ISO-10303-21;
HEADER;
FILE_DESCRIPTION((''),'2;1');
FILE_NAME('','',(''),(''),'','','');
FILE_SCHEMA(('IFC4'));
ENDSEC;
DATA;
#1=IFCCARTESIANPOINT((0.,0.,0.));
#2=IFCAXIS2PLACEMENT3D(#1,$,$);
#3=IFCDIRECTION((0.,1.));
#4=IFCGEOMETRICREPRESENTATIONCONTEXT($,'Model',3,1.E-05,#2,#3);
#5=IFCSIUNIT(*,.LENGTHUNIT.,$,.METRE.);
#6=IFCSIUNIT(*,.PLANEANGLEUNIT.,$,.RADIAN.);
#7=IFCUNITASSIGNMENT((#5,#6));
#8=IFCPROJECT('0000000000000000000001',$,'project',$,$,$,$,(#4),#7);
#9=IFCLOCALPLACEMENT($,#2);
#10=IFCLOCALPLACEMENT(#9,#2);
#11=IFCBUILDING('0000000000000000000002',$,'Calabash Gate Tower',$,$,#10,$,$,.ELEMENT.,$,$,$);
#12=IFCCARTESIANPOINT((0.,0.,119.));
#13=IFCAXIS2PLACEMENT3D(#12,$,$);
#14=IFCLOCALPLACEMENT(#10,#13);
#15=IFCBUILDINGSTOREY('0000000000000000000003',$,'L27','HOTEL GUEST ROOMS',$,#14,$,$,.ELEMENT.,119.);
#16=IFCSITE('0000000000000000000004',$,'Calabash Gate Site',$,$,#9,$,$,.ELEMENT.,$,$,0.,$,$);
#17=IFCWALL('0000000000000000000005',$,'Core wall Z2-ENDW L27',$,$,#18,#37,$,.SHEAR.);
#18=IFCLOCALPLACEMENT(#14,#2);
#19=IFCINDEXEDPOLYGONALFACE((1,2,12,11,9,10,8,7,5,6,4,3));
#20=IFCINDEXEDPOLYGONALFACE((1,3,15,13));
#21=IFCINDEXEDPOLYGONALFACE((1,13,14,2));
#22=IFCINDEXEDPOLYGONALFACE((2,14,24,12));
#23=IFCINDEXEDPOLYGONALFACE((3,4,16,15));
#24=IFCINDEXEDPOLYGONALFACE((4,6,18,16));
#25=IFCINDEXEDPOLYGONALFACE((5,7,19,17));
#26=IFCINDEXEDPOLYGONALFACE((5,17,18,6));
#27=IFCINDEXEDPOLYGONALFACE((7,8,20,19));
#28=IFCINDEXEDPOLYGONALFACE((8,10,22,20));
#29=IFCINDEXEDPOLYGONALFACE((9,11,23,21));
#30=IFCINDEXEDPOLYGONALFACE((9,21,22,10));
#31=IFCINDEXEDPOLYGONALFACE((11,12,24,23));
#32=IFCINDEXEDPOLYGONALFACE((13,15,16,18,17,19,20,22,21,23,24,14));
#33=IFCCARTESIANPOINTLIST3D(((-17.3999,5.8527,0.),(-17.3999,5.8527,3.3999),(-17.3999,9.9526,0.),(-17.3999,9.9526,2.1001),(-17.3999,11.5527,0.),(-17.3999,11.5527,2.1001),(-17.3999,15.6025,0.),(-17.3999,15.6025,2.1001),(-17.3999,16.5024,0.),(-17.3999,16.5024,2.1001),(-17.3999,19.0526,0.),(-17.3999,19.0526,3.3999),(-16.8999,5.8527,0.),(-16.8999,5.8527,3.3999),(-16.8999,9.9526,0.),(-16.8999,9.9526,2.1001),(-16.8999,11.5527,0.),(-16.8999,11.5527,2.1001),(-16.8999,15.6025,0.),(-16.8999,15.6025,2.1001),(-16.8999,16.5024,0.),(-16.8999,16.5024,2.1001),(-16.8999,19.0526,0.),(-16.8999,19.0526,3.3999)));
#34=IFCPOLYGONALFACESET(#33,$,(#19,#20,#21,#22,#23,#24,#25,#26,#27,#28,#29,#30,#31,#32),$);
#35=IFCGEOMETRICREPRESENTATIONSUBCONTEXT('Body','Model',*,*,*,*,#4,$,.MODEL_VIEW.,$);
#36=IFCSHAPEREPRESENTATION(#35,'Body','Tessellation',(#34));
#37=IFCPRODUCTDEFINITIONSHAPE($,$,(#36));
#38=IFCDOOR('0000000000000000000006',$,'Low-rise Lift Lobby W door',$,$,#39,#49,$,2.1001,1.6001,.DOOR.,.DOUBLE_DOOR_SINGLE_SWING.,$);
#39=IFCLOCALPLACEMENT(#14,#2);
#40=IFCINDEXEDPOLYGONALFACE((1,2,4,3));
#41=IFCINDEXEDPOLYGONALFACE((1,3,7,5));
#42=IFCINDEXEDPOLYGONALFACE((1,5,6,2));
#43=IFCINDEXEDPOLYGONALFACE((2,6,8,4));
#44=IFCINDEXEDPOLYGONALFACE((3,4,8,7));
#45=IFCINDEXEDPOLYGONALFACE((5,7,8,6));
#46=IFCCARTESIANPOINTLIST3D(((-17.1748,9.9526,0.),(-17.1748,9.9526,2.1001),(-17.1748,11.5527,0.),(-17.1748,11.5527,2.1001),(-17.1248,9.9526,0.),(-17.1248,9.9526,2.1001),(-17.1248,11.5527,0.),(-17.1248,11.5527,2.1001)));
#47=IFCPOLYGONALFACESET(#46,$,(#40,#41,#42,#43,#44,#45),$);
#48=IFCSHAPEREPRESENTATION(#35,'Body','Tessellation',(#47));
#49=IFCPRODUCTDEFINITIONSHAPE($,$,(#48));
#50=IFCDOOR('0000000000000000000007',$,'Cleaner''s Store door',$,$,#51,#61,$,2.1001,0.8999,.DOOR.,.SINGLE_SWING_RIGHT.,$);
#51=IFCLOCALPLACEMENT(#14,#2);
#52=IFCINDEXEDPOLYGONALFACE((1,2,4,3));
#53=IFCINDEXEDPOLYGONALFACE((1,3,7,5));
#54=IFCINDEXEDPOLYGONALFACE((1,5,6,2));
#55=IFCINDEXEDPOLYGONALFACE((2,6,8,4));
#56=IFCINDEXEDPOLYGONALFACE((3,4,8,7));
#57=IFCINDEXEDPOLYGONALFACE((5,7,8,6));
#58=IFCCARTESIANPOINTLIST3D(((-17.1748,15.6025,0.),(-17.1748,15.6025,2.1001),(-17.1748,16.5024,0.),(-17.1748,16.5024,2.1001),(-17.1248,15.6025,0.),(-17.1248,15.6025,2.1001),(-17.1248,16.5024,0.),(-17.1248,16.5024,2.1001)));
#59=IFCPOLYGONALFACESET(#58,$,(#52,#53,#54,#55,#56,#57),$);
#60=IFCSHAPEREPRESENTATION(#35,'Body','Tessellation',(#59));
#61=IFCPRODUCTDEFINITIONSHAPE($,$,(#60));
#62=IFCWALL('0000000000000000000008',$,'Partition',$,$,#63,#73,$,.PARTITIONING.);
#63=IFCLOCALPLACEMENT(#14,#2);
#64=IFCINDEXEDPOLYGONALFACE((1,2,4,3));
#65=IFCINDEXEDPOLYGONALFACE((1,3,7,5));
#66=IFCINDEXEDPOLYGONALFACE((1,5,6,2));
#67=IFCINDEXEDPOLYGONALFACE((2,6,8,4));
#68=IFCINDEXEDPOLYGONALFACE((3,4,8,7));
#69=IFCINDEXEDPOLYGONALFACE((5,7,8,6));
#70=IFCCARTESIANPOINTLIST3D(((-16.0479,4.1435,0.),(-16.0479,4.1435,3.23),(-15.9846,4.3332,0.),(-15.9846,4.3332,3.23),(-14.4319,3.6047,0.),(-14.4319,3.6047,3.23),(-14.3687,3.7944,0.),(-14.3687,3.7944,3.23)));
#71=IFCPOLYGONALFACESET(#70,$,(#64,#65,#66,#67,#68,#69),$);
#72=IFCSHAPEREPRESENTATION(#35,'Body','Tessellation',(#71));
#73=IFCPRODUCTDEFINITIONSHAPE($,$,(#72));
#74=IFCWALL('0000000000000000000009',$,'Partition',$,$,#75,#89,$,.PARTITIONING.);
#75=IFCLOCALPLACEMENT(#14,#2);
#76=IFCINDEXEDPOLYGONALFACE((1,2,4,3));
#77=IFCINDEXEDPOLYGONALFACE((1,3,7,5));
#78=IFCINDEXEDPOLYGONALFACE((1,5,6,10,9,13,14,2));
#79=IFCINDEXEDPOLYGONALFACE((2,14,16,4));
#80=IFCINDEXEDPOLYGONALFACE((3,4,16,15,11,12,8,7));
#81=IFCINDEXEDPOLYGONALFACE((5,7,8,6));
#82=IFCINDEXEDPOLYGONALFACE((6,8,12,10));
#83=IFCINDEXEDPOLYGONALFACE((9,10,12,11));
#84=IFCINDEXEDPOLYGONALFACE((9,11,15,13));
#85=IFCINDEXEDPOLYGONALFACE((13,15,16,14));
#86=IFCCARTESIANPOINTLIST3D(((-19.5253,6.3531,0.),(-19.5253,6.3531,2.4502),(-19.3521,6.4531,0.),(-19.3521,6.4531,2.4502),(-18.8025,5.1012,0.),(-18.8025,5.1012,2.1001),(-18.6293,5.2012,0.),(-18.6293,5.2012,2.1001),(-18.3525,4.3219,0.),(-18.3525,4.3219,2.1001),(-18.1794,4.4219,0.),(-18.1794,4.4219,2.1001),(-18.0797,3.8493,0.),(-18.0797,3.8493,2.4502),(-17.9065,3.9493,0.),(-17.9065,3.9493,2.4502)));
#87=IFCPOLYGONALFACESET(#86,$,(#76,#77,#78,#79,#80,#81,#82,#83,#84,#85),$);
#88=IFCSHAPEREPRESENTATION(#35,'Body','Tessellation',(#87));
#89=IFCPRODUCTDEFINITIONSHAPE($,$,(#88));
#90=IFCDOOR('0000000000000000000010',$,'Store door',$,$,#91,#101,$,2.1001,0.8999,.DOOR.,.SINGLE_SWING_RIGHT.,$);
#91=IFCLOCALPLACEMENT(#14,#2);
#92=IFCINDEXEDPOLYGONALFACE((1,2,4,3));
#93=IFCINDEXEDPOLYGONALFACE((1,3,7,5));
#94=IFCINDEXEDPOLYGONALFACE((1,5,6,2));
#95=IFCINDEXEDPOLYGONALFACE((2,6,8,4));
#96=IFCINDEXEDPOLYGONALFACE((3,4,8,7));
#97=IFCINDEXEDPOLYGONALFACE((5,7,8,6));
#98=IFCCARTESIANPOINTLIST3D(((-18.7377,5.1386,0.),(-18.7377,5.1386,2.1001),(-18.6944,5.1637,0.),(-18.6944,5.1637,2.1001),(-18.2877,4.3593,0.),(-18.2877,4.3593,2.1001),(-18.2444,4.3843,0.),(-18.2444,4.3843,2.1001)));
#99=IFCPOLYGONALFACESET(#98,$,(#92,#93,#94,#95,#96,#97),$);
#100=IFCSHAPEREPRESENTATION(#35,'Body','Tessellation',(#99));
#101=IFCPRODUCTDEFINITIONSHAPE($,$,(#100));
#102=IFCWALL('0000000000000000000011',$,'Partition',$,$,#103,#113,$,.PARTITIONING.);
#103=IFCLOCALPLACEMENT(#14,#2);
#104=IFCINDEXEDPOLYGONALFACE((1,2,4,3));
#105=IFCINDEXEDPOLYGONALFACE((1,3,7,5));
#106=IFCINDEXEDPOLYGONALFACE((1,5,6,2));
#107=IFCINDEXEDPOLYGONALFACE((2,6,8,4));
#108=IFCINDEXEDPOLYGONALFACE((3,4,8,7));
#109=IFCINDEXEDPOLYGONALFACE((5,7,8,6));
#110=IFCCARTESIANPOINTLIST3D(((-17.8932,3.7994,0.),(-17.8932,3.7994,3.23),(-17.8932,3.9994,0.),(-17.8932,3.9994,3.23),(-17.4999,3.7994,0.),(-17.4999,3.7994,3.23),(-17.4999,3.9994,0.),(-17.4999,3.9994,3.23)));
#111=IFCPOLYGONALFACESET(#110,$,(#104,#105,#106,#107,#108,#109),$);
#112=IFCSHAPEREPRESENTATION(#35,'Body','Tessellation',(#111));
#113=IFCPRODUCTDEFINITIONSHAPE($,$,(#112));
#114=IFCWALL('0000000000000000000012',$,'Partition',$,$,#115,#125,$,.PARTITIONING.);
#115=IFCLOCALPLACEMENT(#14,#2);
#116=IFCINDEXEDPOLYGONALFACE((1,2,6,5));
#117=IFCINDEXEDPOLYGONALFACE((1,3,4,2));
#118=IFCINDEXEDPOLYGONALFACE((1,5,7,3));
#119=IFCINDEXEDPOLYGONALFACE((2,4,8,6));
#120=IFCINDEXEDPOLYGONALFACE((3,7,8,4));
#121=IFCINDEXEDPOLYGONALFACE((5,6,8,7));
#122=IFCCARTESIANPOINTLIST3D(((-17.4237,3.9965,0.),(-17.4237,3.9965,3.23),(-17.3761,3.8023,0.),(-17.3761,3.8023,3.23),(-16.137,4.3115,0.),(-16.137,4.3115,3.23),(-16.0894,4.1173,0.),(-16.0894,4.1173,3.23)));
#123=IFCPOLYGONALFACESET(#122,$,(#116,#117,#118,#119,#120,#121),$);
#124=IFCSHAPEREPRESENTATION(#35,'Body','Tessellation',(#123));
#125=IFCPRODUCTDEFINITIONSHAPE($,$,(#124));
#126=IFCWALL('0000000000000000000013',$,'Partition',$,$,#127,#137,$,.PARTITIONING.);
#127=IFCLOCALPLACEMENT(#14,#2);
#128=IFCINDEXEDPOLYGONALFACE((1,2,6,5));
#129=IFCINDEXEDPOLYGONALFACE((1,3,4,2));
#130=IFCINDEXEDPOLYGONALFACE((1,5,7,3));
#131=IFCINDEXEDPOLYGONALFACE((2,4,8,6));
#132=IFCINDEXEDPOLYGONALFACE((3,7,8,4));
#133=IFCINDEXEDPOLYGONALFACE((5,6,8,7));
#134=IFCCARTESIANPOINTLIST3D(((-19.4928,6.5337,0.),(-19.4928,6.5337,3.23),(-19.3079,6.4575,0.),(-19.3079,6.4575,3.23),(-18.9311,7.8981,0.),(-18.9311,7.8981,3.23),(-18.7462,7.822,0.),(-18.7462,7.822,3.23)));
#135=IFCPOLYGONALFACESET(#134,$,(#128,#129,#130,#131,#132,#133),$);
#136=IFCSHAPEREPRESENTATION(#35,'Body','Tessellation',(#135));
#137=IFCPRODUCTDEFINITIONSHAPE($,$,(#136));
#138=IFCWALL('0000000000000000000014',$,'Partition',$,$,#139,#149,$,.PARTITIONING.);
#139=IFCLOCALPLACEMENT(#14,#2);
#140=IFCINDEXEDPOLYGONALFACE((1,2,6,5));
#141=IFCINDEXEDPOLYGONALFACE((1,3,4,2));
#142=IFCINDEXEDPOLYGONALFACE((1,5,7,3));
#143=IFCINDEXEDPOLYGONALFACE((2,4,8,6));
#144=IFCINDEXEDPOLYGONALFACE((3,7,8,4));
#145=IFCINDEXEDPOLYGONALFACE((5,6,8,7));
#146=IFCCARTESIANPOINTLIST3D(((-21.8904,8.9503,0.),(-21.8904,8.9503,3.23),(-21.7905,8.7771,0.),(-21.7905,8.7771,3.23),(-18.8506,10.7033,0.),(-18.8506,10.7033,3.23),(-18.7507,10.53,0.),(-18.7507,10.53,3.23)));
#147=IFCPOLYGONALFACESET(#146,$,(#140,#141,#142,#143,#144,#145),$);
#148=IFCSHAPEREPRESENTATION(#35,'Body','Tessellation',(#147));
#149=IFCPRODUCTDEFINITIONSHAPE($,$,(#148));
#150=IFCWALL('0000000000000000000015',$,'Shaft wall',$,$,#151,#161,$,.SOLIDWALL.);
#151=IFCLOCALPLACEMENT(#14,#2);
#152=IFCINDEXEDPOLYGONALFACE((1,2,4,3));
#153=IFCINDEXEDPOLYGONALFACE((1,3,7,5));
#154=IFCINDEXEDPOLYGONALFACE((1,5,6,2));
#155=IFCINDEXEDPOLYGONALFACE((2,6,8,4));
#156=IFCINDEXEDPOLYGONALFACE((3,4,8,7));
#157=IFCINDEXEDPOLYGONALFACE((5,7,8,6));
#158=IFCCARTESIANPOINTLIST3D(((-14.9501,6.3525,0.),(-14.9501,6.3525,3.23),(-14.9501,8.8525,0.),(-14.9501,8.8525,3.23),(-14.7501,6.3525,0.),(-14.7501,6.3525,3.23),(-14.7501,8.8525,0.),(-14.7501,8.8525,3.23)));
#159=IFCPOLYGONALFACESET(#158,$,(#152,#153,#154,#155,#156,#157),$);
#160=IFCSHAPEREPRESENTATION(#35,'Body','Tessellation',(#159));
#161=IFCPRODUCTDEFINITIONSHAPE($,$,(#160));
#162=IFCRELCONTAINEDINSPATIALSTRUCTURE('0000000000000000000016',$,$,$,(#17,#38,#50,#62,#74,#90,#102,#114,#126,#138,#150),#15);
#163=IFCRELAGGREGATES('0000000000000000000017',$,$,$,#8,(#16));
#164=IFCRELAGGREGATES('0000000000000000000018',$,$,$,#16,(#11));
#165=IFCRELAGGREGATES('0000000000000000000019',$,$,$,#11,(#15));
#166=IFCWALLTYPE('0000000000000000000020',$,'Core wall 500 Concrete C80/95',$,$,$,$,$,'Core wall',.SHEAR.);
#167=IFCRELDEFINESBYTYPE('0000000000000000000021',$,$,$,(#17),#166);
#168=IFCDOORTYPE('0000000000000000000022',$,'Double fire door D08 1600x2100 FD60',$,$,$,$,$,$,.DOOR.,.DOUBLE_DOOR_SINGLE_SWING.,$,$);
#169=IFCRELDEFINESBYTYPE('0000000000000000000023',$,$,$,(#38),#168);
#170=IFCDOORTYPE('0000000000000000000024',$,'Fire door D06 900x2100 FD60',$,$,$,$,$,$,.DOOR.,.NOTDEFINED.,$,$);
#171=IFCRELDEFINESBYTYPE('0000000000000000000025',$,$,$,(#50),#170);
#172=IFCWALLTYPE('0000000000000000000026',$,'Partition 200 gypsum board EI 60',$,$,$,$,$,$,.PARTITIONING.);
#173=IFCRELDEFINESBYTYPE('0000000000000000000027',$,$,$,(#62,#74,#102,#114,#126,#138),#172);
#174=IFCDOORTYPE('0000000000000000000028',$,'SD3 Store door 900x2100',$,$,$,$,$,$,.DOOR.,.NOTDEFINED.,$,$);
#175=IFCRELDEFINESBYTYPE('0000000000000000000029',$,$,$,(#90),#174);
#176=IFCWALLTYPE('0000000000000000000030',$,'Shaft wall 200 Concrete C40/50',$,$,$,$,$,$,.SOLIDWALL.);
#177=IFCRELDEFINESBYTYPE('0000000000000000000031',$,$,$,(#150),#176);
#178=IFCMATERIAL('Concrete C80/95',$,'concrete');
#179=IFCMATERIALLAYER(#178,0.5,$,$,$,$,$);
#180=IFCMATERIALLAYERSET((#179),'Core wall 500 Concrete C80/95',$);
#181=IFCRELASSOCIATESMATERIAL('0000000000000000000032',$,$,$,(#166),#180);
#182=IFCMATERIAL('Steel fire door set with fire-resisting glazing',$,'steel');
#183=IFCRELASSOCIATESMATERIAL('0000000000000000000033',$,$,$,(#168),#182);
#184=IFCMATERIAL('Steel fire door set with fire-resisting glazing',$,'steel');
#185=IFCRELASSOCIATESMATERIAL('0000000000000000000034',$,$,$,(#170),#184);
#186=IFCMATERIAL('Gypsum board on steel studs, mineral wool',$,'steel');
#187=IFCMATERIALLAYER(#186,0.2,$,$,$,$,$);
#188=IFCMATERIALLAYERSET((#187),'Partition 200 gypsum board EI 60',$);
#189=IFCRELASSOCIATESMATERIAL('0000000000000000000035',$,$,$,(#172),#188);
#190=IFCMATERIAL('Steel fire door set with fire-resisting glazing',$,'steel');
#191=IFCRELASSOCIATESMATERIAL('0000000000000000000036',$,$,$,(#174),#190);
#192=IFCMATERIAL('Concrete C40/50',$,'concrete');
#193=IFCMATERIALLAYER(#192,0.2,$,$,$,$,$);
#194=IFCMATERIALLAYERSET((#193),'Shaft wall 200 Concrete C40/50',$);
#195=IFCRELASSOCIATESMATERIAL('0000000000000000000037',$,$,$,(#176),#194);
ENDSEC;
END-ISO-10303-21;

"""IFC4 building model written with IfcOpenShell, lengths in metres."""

from ifc_helpers import new_model, si_unit, direction, frame, frame_2d, origin, place, context, subcontext, project, spatial, rectangle, extrude, material, layer, layer_set, type_object, element, fill, save


model = new_model("IFC4")

# Units and contexts
model_context = context("Model", 3, precision=1e-05, world=origin(), true_north=direction((0.0, 1.0)))
body_context = subcontext(model_context, "Body", "Model", "MODEL_VIEW")
ifc_project = project(units=[si_unit("LENGTHUNIT", "METRE"), si_unit("PLANEANGLEUNIT", "RADIAN")], contexts=[model_context])

# Site, building, storey
site_placement = place(None, origin())
site = spatial("IfcSite", under=ifc_project, at=site_placement, Name="Calabash Gate Site", CompositionType="ELEMENT", RefElevation=0.0)
building_placement = place(site_placement, origin())
building = spatial("IfcBuilding", under=site, at=building_placement, Name="Calabash Gate Tower", CompositionType="ELEMENT")
storey_placement = place(building_placement, frame((0.0, 0.0, 119.0)))
storey = spatial("IfcBuildingStorey", under=building, at=storey_placement, Name="L27", Description="HOTEL GUEST ROOMS", CompositionType="ELEMENT", Elevation=119.0)

# Wall, openings, doors
ifc_material_1 = material(Name="Concrete C80/95", Category="concrete")
ifc_layer_1 = layer(ifc_material_1, 0.5)
ifc_layer_set_1 = layer_set([ifc_layer_1], Name="Core wall 500 Concrete C80/95")
wall_type_1 = type_object("IfcWallType", Name="Core wall 500 Concrete C80/95", ElementType="Core wall", PredefinedType="SHEAR", material=ifc_layer_set_1)
wall_1_placement = place(storey_placement, frame((-17.1499, 5.8525, 0.0), z_axis=(0.0, 0.0, 1.0), x_axis=(0.0, 1.0, 0.0)))
wall_1 = element("IfcWall", 1, at=wall_1_placement, inside=storey, type_object=wall_type_1, Name="Core wall Z2-ENDW L27", PredefinedType="SHEAR", context=body_context, shape_type="SweptSolid", body=[
    extrude(rectangle(XDim=13.2, YDim=0.5, at=frame_2d((6.6001, 0.0))), origin(), (0.0, 0.0, 1.0), 3.3999),
])
opening_1_placement = place(wall_1_placement, frame((4.1001, 0.0, 0.0)))
opening_1 = element("IfcOpeningElement", 2, at=opening_1_placement, cuts=wall_1, PredefinedType="OPENING", context=body_context, shape_type="SweptSolid", body=[
    extrude(rectangle(XDim=1.6001, YDim=2.1001, at=frame_2d((0.8, 1.05))), frame((0.0, 0.26, 0.0), z_axis=(0.0, -1.0, 0.0), x_axis=(1.0, 0.0, 0.0)), (0.0, 0.0, 1.0), 0.52),
])
opening_2_placement = place(wall_1_placement, frame((9.75, 0.0, 0.0)))
opening_2 = element("IfcOpeningElement", 3, at=opening_2_placement, cuts=wall_1, PredefinedType="OPENING", context=body_context, shape_type="SweptSolid", body=[
    extrude(rectangle(XDim=0.8999, YDim=2.1001, at=frame_2d((0.45, 1.05))), frame((0.0, 0.26, 0.0), z_axis=(0.0, -1.0, 0.0), x_axis=(1.0, 0.0, 0.0)), (0.0, 0.0, 1.0), 0.52),
])
ifc_material_2 = material(Name="Steel fire door set with fire-resisting glazing", Category="steel")
door_type_1 = type_object("IfcDoorType", Name="Double fire door D08 1600x2100 FD60", OperationType="DOUBLE_DOOR_SINGLE_SWING", PredefinedType="DOOR", material=ifc_material_2)
door_1_placement = place(opening_1_placement, origin())
door_1 = element("IfcDoor", 4, at=door_1_placement, inside=storey, type_object=door_type_1, Name="Low-rise Lift Lobby W door", OperationType="DOUBLE_DOOR_SINGLE_SWING", OverallHeight=2.1001, OverallWidth=1.6001, PredefinedType="DOOR", context=body_context, shape_type="SweptSolid", body=[
    extrude(rectangle(XDim=1.6001, YDim=2.1001, at=frame_2d((0.8, 1.05))), frame((0.0, 0.0249, 0.0), z_axis=(0.0, -1.0, 0.0), x_axis=(1.0, 0.0, 0.0)), (0.0, 0.0, 1.0), 0.05),
])
fill(opening_1, door_1)
ifc_material_3 = material(Name="Steel fire door set with fire-resisting glazing", Category="steel")
door_type_2 = type_object("IfcDoorType", Name="Fire door D06 900x2100 FD60", OperationType="NOTDEFINED", PredefinedType="DOOR", material=ifc_material_3)
door_2_placement = place(opening_2_placement, origin())
door_2 = element("IfcDoor", 5, at=door_2_placement, inside=storey, type_object=door_type_2, Name="Cleaner's Store door", OperationType="SINGLE_SWING_RIGHT", OverallHeight=2.1001, OverallWidth=0.8999, PredefinedType="DOOR", context=body_context, shape_type="SweptSolid", body=[
    extrude(rectangle(XDim=0.8999, YDim=2.1001, at=frame_2d((0.45, 1.05))), frame((0.0, 0.0249, 0.0), z_axis=(0.0, -1.0, 0.0), x_axis=(1.0, 0.0, 0.0)), (0.0, 0.0, 1.0), 0.05),
])
fill(opening_2, door_2)

# Wall
ifc_material_4 = material(Name="Gypsum board on steel studs, mineral wool", Category="steel")
ifc_layer_2 = layer(ifc_material_4, 0.2)
ifc_layer_set_2 = layer_set([ifc_layer_2], Name="Partition 200 gypsum board EI 60")
wall_type_2 = type_object("IfcWallType", Name="Partition 200 gypsum board EI 60", PredefinedType="PARTITIONING", material=ifc_layer_set_2)
wall_2_placement = place(storey_placement, frame((-16.0161, 4.2383, 0.0), z_axis=(0.0, 0.0, 1.0), x_axis=(0.948655, -0.316314, 0.0)))
element("IfcWall", 6, at=wall_2_placement, inside=storey, type_object=wall_type_2, Name="Partition", PredefinedType="PARTITIONING", context=body_context, shape_type="SweptSolid", body=[
    extrude(rectangle(XDim=1.7034, YDim=0.2, at=frame_2d((0.8516, 0.0))), origin(), (0.0, 0.0, 1.0), 3.23),
])

# Wall, opening, door
wall_3_placement = place(storey_placement, frame((-19.4387, 6.4031, 0.0), z_axis=(0.0, 0.0, 1.0), x_axis=(0.500017, -0.866015, 0.0)))
wall_3 = element("IfcWall", 7, at=wall_3_placement, inside=storey, type_object=wall_type_2, Name="Partition", PredefinedType="PARTITIONING", context=body_context, shape_type="SweptSolid", body=[
    extrude(rectangle(XDim=2.8911, YDim=0.2, at=frame_2d((1.4456, 0.0))), origin(), (0.0, 0.0, 1.0), 2.4502),
])
opening_3_placement = place(wall_3_placement, frame((1.4456, 0.0, 0.0)))
opening_3 = element("IfcOpeningElement", 8, at=opening_3_placement, cuts=wall_3, PredefinedType="OPENING", context=body_context, shape_type="SweptSolid", body=[
    extrude(rectangle(XDim=0.8999, YDim=2.1001, at=frame_2d((0.45, 1.05))), frame((0.0, 0.1099, 0.0), z_axis=(0.0, -1.0, 0.0), x_axis=(1.0, 0.0, 0.0)), (0.0, 0.0, 1.0), 0.22),
])
ifc_material_5 = material(Name="Steel fire door set with fire-resisting glazing", Category="steel")
door_type_3 = type_object("IfcDoorType", Name="SD3 Store door 900x2100", OperationType="NOTDEFINED", PredefinedType="DOOR", material=ifc_material_5)
door_3_placement = place(opening_3_placement, origin())
door_3 = element("IfcDoor", 9, at=door_3_placement, inside=storey, type_object=door_type_3, Name="Store door", OperationType="SINGLE_SWING_RIGHT", OverallHeight=2.1001, OverallWidth=0.8999, PredefinedType="DOOR", context=body_context, shape_type="SweptSolid", body=[
    extrude(rectangle(XDim=0.8999, YDim=2.1001, at=frame_2d((0.45, 1.05))), frame((0.0, 0.0249, 0.0), z_axis=(0.0, -1.0, 0.0), x_axis=(1.0, 0.0, 0.0)), (0.0, 0.0, 1.0), 0.05),
])
fill(opening_3, door_3)

# Walls
wall_4_placement = place(storey_placement, frame((-17.8933, 3.8994, 0.0), z_axis=(0.0, 0.0, 1.0), x_axis=(1.0, 0.0, 0.0)))
element("IfcWall", 10, at=wall_4_placement, inside=storey, type_object=wall_type_2, Name="Partition", PredefinedType="PARTITIONING", context=body_context, shape_type="SweptSolid", body=[
    extrude(rectangle(XDim=0.3933, YDim=0.2, at=frame_2d((0.1968, 0.0))), origin(), (0.0, 0.0, 1.0), 3.23),
])
wall_5_placement = place(storey_placement, frame((-17.3999, 3.8994, 0.0), z_axis=(0.0, 0.0, 1.0), x_axis=(0.971323, 0.237762, 0.0)))
element("IfcWall", 11, at=wall_5_placement, inside=storey, type_object=wall_type_2, Name="Partition", PredefinedType="PARTITIONING", context=body_context, shape_type="SweptSolid", body=[
    extrude(rectangle(XDim=1.3247, YDim=0.2, at=frame_2d((0.6624, 0.0))), origin(), (0.0, 0.0, 1.0), 3.23),
])
wall_6_placement = place(storey_placement, frame((-19.4004, 6.4956, 0.0), z_axis=(0.0, 0.0, 1.0), x_axis=(0.3807, 0.924699, 0.0)))
element("IfcWall", 12, at=wall_6_placement, inside=storey, type_object=wall_type_2, Name="Partition", PredefinedType="PARTITIONING", context=body_context, shape_type="SweptSolid", body=[
    extrude(rectangle(XDim=1.4756, YDim=0.2, at=frame_2d((0.7378, 0.0))), origin(), (0.0, 0.0, 1.0), 3.23),
])
wall_7_placement = place(storey_placement, frame((-21.8403, 8.8638, 0.0), z_axis=(0.0, 0.0, 1.0), x_axis=(0.866284, 0.499552, 0.0)))
element("IfcWall", 13, at=wall_7_placement, inside=storey, type_object=wall_type_2, Name="Partition", PredefinedType="PARTITIONING", context=body_context, shape_type="SweptSolid", body=[
    extrude(rectangle(XDim=3.509, YDim=0.2, at=frame_2d((1.7544, 0.0))), origin(), (0.0, 0.0, 1.0), 3.23),
])
ifc_material_6 = material(Name="Concrete C40/50", Category="concrete")
ifc_layer_3 = layer(ifc_material_6, 0.2)
ifc_layer_set_3 = layer_set([ifc_layer_3], Name="Shaft wall 200 Concrete C40/50")
wall_type_3 = type_object("IfcWallType", Name="Shaft wall 200 Concrete C40/50", PredefinedType="SOLIDWALL", material=ifc_layer_set_3)
wall_8_placement = place(storey_placement, frame((-14.8501, 6.3525, 0.0), z_axis=(0.0, 0.0, 1.0), x_axis=(0.0, 1.0, 0.0)))
element("IfcWall", 14, at=wall_8_placement, inside=storey, type_object=wall_type_3, Name="Shaft wall", PredefinedType="SOLIDWALL", context=body_context, shape_type="SweptSolid", body=[
    extrude(rectangle(XDim=2.5, YDim=0.2, at=frame_2d((1.25, 0.0))), origin(), (0.0, 0.0, 1.0), 3.23),
])

save(model, "model.ifc")
